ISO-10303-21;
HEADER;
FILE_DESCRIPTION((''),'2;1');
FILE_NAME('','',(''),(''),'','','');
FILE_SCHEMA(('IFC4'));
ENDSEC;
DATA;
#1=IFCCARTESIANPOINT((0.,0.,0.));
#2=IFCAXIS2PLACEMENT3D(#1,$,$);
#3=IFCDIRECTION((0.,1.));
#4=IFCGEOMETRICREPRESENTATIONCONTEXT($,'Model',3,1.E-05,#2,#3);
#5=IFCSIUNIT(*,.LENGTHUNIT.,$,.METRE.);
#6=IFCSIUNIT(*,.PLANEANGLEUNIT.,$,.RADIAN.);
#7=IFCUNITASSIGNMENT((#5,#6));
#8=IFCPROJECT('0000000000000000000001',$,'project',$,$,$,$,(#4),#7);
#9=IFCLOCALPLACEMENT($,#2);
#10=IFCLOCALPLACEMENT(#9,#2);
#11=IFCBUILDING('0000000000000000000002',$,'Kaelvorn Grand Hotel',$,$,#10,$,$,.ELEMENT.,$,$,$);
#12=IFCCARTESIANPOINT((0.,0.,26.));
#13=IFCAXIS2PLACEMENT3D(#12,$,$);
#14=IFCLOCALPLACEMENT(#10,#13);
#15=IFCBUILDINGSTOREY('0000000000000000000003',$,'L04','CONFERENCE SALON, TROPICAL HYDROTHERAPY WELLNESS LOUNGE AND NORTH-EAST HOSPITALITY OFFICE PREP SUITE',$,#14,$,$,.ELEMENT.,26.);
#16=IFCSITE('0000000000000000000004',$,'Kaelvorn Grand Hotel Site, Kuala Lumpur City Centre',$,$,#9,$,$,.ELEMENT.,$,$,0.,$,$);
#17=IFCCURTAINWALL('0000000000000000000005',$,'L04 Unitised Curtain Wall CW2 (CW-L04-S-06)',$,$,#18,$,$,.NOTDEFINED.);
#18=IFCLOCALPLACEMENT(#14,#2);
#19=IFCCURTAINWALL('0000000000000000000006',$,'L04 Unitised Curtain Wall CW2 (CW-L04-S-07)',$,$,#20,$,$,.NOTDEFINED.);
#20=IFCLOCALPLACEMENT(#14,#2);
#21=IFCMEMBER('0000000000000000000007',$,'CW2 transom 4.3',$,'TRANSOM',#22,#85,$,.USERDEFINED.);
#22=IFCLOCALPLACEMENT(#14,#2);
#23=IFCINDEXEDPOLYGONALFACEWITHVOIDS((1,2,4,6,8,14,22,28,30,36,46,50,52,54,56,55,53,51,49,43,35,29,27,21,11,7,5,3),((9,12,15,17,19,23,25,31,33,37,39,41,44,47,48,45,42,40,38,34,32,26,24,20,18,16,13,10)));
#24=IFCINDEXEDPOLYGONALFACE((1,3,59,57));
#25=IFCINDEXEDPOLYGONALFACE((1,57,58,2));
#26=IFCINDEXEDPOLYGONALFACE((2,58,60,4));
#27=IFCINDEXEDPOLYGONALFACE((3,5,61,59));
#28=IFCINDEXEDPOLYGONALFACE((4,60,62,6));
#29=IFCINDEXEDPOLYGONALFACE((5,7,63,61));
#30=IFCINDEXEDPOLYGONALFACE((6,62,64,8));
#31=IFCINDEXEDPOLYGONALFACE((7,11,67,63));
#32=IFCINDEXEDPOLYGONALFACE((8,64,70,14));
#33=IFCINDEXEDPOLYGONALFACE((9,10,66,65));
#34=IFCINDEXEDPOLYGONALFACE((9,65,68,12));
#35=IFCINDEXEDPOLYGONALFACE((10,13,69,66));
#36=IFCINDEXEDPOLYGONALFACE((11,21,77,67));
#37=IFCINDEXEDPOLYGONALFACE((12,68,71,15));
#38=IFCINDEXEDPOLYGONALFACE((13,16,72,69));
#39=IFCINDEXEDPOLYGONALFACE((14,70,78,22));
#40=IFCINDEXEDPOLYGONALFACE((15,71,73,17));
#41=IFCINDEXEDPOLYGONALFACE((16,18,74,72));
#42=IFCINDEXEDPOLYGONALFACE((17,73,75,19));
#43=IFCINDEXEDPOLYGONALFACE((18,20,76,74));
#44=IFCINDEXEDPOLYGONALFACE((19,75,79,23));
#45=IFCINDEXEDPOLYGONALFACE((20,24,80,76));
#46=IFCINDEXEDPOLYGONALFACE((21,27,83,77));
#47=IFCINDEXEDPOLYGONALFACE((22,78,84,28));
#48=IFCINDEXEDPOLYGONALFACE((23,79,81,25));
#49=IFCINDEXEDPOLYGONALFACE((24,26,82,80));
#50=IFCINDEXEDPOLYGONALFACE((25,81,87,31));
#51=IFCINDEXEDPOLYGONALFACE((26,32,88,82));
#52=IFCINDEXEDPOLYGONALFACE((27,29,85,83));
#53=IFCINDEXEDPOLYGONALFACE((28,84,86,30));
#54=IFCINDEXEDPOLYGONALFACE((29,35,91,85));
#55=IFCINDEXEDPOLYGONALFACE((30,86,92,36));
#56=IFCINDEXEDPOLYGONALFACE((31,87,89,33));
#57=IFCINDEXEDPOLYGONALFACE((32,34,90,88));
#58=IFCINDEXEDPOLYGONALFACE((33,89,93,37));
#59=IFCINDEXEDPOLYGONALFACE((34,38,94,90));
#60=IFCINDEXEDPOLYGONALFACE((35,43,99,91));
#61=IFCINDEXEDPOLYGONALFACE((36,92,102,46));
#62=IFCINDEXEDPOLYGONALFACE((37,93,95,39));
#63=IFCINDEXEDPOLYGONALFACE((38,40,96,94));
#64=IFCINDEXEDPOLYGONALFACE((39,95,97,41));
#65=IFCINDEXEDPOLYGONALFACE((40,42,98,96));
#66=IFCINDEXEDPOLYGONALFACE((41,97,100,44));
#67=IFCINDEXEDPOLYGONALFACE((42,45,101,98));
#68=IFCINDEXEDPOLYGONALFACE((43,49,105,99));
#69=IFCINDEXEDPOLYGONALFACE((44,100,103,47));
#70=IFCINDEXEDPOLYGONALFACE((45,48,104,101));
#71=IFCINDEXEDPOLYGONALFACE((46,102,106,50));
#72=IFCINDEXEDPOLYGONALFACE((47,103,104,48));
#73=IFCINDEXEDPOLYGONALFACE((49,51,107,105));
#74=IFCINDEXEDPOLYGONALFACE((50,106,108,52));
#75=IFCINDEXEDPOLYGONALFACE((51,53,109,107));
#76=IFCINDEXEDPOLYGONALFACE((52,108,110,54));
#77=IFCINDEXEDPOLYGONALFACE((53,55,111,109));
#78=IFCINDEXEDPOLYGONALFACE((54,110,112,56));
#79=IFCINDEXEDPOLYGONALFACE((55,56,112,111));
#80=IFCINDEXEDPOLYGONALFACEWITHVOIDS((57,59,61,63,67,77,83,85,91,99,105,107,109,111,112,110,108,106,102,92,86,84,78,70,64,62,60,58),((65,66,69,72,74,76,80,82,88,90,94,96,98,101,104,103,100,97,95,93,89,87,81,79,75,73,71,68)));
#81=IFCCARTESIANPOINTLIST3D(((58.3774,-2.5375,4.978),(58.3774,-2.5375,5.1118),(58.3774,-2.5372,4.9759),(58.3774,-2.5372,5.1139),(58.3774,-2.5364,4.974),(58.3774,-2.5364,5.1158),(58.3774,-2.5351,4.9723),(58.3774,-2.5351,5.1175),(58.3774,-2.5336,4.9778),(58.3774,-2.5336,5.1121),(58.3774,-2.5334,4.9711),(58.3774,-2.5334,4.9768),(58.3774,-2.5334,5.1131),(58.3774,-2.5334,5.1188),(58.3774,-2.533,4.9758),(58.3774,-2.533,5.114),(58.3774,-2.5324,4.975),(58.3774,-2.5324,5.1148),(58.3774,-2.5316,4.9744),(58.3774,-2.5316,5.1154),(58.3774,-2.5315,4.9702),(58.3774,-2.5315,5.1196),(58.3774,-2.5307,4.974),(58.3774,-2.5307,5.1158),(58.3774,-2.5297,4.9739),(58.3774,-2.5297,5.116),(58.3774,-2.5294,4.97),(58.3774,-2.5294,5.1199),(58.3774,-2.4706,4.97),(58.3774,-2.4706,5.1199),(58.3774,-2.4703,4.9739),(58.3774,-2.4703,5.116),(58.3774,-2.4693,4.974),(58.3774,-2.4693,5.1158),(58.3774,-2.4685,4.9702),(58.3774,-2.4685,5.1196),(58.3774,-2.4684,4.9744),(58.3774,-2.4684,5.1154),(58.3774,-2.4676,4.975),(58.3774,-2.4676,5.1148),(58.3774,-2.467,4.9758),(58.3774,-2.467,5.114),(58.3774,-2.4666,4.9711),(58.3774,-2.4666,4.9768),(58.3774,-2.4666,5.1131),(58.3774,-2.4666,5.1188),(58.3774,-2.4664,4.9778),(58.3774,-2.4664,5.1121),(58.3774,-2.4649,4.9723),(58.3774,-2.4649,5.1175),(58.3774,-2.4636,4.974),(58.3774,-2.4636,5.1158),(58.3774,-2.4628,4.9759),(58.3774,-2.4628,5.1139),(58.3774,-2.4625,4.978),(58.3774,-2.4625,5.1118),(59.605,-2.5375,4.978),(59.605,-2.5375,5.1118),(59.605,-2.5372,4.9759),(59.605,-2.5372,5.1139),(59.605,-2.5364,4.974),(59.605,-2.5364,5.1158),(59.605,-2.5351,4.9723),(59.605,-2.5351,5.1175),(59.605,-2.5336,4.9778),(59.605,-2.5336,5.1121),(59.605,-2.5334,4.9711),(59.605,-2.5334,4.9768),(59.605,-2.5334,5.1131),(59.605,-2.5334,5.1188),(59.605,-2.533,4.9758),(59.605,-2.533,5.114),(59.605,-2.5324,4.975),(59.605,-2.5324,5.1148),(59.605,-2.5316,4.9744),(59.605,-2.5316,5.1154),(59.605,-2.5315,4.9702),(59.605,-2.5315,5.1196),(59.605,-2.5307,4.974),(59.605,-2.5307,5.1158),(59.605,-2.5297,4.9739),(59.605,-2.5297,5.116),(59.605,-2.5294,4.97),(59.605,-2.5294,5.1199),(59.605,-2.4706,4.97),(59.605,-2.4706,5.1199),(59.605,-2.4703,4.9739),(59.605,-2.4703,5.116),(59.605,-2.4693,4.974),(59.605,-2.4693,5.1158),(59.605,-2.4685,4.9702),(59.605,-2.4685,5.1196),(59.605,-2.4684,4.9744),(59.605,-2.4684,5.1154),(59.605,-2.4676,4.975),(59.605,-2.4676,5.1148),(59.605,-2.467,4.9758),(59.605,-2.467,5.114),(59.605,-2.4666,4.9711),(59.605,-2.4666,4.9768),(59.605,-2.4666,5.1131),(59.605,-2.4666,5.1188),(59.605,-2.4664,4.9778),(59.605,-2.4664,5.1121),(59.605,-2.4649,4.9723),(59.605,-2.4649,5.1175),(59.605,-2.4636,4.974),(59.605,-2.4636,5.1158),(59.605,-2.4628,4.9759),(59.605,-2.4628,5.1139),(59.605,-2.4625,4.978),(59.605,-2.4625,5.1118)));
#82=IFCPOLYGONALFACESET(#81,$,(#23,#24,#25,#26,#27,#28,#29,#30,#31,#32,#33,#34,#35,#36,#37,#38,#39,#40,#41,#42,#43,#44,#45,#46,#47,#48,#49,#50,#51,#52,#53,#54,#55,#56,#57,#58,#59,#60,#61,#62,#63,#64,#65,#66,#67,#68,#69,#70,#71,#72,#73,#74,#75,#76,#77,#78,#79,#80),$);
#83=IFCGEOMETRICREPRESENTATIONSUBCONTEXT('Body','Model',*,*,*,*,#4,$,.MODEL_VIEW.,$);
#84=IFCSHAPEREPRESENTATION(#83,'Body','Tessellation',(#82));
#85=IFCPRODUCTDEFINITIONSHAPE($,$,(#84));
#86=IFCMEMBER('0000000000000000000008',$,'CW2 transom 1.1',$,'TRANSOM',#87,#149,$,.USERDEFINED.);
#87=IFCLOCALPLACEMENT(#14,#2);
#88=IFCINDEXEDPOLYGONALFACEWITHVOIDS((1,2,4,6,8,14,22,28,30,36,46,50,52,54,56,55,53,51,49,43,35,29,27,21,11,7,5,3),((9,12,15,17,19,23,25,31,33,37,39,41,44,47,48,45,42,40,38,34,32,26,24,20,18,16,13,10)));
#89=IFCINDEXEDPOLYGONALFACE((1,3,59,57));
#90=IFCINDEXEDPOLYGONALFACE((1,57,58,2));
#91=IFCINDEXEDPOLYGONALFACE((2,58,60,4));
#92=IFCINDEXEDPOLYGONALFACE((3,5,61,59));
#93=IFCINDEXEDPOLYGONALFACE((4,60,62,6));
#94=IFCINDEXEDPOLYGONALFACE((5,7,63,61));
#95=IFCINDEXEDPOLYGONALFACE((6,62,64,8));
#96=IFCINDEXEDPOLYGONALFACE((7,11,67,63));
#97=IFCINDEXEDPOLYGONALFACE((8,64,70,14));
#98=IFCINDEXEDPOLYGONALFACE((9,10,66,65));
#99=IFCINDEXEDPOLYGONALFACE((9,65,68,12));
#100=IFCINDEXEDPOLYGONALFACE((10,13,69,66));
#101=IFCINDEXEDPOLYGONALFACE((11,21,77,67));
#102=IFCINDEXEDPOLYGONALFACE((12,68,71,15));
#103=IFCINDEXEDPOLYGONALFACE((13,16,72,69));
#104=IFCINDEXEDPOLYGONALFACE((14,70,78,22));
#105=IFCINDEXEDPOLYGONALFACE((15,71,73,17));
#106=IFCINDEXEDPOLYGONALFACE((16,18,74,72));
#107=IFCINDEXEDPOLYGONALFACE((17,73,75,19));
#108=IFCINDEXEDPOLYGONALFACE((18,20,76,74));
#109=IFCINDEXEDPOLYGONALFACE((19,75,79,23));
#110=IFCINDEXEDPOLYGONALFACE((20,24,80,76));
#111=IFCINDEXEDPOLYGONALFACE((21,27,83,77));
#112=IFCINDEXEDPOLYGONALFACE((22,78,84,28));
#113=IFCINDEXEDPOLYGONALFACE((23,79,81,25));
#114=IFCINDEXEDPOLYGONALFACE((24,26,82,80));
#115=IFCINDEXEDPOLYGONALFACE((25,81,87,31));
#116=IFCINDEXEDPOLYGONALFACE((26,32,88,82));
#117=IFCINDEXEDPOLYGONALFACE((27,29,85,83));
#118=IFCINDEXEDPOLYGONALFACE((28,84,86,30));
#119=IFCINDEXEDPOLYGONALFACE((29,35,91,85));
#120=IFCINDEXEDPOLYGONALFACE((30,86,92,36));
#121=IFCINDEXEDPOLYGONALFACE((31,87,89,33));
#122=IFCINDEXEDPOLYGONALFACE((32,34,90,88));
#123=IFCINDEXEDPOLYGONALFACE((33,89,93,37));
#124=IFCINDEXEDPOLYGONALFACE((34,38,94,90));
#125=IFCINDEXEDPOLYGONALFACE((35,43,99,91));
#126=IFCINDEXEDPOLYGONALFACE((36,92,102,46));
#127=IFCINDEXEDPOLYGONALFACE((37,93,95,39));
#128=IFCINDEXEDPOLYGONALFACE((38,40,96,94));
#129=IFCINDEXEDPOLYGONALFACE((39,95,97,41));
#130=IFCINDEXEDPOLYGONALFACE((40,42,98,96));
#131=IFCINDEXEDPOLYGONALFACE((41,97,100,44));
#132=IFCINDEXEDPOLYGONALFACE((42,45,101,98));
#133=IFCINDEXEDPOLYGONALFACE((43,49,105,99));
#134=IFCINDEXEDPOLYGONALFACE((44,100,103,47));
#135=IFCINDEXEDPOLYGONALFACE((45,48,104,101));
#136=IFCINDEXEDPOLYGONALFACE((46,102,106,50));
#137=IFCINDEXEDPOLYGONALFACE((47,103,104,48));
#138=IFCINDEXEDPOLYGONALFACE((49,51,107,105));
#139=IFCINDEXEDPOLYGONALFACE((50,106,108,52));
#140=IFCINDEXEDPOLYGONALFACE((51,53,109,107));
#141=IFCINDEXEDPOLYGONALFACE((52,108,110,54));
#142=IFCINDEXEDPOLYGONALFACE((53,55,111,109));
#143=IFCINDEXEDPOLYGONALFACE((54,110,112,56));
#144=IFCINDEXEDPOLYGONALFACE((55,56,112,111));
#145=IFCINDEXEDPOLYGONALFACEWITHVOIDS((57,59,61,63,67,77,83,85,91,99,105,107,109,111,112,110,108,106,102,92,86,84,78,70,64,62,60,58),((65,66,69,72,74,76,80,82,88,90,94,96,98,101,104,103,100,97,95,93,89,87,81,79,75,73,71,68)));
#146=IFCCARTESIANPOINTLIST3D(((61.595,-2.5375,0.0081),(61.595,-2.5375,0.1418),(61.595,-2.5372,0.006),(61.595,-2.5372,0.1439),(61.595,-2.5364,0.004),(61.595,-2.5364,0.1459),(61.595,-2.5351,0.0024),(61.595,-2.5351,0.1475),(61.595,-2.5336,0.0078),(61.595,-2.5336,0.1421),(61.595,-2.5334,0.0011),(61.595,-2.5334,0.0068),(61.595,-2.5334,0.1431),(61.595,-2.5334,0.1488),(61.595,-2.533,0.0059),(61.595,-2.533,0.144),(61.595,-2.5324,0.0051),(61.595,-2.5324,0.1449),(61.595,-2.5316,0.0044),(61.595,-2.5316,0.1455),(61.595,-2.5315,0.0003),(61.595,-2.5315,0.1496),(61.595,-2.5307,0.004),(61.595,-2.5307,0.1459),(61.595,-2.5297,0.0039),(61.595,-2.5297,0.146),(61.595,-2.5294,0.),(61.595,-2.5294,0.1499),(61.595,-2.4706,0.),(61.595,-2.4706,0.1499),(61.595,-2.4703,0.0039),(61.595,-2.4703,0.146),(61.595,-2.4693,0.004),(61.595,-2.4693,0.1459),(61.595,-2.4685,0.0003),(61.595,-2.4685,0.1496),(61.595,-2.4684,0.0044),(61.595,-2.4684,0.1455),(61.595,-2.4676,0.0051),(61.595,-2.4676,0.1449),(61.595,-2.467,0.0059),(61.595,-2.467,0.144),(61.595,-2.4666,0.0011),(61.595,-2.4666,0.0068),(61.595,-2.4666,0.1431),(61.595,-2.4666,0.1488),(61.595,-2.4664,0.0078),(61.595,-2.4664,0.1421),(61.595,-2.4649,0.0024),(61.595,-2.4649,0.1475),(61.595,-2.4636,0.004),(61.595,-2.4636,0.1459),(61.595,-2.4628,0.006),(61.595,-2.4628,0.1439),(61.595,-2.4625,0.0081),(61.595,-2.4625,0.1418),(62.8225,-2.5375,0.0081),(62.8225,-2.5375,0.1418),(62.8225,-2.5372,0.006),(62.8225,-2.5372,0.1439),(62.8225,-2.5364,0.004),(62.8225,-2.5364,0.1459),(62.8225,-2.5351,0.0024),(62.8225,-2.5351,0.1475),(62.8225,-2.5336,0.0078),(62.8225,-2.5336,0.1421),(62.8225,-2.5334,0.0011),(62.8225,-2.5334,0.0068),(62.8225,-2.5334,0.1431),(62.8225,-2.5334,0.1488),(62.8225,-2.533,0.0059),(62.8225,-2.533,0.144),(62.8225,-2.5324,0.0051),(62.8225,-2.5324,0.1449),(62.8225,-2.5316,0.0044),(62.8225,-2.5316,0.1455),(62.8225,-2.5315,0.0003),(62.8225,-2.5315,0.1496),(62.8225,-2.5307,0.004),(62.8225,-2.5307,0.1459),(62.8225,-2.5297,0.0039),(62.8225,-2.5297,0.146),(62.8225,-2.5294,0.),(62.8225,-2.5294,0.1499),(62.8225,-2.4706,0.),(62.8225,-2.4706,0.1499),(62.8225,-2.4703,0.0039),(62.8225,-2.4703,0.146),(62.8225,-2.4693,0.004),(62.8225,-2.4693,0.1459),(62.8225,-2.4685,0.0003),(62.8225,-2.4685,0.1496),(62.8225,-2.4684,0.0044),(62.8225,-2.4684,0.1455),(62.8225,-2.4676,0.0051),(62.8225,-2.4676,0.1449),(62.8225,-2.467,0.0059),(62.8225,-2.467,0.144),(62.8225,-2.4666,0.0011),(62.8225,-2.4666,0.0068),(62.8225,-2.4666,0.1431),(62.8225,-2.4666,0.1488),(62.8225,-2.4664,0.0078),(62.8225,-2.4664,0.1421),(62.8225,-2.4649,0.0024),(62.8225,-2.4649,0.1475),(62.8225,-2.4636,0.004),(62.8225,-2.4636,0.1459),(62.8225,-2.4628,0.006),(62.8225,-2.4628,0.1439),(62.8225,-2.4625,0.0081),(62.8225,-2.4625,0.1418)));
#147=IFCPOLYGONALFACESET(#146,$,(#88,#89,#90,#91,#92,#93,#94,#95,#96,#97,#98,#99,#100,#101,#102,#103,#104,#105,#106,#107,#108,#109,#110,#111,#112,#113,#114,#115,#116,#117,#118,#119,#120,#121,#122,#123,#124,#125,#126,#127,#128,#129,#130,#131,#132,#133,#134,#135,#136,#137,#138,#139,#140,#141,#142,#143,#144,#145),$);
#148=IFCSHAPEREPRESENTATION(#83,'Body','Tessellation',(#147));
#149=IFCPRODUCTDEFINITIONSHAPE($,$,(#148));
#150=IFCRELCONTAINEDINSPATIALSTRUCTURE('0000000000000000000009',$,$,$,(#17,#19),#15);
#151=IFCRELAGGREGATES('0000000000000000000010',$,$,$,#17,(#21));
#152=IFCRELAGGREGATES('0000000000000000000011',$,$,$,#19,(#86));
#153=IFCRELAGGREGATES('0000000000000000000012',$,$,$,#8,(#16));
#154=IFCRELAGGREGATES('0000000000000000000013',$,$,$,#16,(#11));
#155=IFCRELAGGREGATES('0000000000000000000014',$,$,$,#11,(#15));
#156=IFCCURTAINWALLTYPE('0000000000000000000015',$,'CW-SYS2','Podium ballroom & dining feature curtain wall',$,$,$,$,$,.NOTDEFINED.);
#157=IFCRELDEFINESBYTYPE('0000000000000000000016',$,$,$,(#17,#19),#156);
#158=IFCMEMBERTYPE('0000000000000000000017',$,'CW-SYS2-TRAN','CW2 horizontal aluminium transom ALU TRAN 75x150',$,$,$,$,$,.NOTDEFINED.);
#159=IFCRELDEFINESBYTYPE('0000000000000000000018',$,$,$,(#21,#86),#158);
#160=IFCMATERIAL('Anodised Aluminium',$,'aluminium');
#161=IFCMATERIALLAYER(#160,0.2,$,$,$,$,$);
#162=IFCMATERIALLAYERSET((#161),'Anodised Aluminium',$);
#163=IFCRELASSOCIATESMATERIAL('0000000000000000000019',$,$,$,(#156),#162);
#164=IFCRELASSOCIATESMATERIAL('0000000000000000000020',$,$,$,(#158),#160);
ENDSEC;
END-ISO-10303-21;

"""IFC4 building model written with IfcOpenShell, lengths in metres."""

from ifc_helpers import new_model, si_unit, direction, frame, origin, origin_2d, place, context, subcontext, project, spatial, hollow_rectangle, extrude, material, layer, layer_set, material_profile, profile_set, type_object, element, aggregate, save


model = new_model("IFC4")

# Units and contexts
model_context = context("Model", 3, precision=1e-05, world=origin(), true_north=direction((0.0, 1.0)))
body_context = subcontext(model_context, "Body", "Model", "MODEL_VIEW")
ifc_project = project(units=[si_unit("LENGTHUNIT", "METRE"), si_unit("PLANEANGLEUNIT", "RADIAN")], contexts=[model_context])

# Site, building, storey
site_placement = place(None, origin())
site = spatial("IfcSite", under=ifc_project, at=site_placement, Name="Kaelvorn Grand Hotel Site, Kuala Lumpur City Centre", CompositionType="ELEMENT", RefElevation=0.0)
building_placement = place(site_placement, origin())
building = spatial("IfcBuilding", under=site, at=building_placement, Name="Kaelvorn Grand Hotel", CompositionType="ELEMENT")
storey_placement = place(building_placement, frame((0.0, 0.0, 26.0)))
storey = spatial("IfcBuildingStorey", under=building, at=storey_placement, Name="L04", Description="CONFERENCE SALON, TROPICAL HYDROTHERAPY WELLNESS LOUNGE AND NORTH-EAST HOSPITALITY OFFICE PREP SUITE", CompositionType="ELEMENT", Elevation=26.0)

# Curtain wall
ifc_material_1 = material(Name="Anodised Aluminium", Category="aluminium")
ifc_layer_1 = layer(ifc_material_1, 0.2)
ifc_layer_set_1 = layer_set([ifc_layer_1], Name="Anodised Aluminium")
curtain_wall_type = type_object("IfcCurtainWallType", Name="CW-SYS2", Description="Podium ballroom & dining feature curtain wall", PredefinedType="NOTDEFINED", material=ifc_layer_set_1)
curtain_wall_1_placement = place(storey_placement, origin())
curtain_wall_1 = element("IfcCurtainWall", 1, at=curtain_wall_1_placement, inside=storey, type_object=curtain_wall_type, Name="L04 Unitised Curtain Wall CW2 (CW-L04-S-06)", PredefinedType="NOTDEFINED")

# Curtain wall
curtain_wall_2_placement = place(storey_placement, origin())
curtain_wall_2 = element("IfcCurtainWall", 2, at=curtain_wall_2_placement, inside=storey, type_object=curtain_wall_type, Name="L04 Unitised Curtain Wall CW2 (CW-L04-S-07)", PredefinedType="NOTDEFINED")

# Members
ifc_material_profile_1 = material_profile(ifc_material_1, hollow_rectangle(XDim=0.075, YDim=0.1499, WallThickness=0.0039, InnerFilletRadius=0.0039, OuterFilletRadius=0.0081, at=origin_2d()), Name="ALU TRAN 75x150")
ifc_profile_set_1 = profile_set([ifc_material_profile_1], Name="Anodised Aluminium")
member_type_1 = type_object("IfcMemberType", Name="CW-SYS2-TRAN", Description="CW2 horizontal aluminium transom ALU TRAN 75x150", PredefinedType="NOTDEFINED", material=ifc_profile_set_1)
member_1_placement = place(storey_placement, frame((58.3774, -2.5, 5.0449), z_axis=(1.0, 0.0, 0.0), x_axis=(0.0, 1.0, 0.0)))
member_1 = element("IfcMember", 3, at=member_1_placement, type_object=member_type_1, Name="CW2 transom 4.3", ObjectType="TRANSOM", PredefinedType="USERDEFINED", context=body_context, shape_type="SweptSolid", body=[
    extrude(hollow_rectangle(XDim=0.075, YDim=0.1499, WallThickness=0.0039, InnerFilletRadius=0.0039, OuterFilletRadius=0.0081, at=origin_2d()), origin(), (0.0, 0.0, 1.0), 1.2275),
])
member_2_placement = place(storey_placement, frame((61.595, -2.5, 0.075), z_axis=(1.0, 0.0, 0.0), x_axis=(0.0, 1.0, 0.0)))
member_2 = element("IfcMember", 4, at=member_2_placement, type_object=member_type_1, Name="CW2 transom 1.1", ObjectType="TRANSOM", PredefinedType="USERDEFINED", context=body_context, shape_type="SweptSolid", body=[
    extrude(hollow_rectangle(XDim=0.075, YDim=0.1499, WallThickness=0.0039, InnerFilletRadius=0.0039, OuterFilletRadius=0.0081, at=origin_2d()), origin(), (0.0, 0.0, 1.0), 1.2275),
])

aggregate(curtain_wall_1, [member_1])
aggregate(curtain_wall_2, [member_2])

save(model, "model.ifc")
